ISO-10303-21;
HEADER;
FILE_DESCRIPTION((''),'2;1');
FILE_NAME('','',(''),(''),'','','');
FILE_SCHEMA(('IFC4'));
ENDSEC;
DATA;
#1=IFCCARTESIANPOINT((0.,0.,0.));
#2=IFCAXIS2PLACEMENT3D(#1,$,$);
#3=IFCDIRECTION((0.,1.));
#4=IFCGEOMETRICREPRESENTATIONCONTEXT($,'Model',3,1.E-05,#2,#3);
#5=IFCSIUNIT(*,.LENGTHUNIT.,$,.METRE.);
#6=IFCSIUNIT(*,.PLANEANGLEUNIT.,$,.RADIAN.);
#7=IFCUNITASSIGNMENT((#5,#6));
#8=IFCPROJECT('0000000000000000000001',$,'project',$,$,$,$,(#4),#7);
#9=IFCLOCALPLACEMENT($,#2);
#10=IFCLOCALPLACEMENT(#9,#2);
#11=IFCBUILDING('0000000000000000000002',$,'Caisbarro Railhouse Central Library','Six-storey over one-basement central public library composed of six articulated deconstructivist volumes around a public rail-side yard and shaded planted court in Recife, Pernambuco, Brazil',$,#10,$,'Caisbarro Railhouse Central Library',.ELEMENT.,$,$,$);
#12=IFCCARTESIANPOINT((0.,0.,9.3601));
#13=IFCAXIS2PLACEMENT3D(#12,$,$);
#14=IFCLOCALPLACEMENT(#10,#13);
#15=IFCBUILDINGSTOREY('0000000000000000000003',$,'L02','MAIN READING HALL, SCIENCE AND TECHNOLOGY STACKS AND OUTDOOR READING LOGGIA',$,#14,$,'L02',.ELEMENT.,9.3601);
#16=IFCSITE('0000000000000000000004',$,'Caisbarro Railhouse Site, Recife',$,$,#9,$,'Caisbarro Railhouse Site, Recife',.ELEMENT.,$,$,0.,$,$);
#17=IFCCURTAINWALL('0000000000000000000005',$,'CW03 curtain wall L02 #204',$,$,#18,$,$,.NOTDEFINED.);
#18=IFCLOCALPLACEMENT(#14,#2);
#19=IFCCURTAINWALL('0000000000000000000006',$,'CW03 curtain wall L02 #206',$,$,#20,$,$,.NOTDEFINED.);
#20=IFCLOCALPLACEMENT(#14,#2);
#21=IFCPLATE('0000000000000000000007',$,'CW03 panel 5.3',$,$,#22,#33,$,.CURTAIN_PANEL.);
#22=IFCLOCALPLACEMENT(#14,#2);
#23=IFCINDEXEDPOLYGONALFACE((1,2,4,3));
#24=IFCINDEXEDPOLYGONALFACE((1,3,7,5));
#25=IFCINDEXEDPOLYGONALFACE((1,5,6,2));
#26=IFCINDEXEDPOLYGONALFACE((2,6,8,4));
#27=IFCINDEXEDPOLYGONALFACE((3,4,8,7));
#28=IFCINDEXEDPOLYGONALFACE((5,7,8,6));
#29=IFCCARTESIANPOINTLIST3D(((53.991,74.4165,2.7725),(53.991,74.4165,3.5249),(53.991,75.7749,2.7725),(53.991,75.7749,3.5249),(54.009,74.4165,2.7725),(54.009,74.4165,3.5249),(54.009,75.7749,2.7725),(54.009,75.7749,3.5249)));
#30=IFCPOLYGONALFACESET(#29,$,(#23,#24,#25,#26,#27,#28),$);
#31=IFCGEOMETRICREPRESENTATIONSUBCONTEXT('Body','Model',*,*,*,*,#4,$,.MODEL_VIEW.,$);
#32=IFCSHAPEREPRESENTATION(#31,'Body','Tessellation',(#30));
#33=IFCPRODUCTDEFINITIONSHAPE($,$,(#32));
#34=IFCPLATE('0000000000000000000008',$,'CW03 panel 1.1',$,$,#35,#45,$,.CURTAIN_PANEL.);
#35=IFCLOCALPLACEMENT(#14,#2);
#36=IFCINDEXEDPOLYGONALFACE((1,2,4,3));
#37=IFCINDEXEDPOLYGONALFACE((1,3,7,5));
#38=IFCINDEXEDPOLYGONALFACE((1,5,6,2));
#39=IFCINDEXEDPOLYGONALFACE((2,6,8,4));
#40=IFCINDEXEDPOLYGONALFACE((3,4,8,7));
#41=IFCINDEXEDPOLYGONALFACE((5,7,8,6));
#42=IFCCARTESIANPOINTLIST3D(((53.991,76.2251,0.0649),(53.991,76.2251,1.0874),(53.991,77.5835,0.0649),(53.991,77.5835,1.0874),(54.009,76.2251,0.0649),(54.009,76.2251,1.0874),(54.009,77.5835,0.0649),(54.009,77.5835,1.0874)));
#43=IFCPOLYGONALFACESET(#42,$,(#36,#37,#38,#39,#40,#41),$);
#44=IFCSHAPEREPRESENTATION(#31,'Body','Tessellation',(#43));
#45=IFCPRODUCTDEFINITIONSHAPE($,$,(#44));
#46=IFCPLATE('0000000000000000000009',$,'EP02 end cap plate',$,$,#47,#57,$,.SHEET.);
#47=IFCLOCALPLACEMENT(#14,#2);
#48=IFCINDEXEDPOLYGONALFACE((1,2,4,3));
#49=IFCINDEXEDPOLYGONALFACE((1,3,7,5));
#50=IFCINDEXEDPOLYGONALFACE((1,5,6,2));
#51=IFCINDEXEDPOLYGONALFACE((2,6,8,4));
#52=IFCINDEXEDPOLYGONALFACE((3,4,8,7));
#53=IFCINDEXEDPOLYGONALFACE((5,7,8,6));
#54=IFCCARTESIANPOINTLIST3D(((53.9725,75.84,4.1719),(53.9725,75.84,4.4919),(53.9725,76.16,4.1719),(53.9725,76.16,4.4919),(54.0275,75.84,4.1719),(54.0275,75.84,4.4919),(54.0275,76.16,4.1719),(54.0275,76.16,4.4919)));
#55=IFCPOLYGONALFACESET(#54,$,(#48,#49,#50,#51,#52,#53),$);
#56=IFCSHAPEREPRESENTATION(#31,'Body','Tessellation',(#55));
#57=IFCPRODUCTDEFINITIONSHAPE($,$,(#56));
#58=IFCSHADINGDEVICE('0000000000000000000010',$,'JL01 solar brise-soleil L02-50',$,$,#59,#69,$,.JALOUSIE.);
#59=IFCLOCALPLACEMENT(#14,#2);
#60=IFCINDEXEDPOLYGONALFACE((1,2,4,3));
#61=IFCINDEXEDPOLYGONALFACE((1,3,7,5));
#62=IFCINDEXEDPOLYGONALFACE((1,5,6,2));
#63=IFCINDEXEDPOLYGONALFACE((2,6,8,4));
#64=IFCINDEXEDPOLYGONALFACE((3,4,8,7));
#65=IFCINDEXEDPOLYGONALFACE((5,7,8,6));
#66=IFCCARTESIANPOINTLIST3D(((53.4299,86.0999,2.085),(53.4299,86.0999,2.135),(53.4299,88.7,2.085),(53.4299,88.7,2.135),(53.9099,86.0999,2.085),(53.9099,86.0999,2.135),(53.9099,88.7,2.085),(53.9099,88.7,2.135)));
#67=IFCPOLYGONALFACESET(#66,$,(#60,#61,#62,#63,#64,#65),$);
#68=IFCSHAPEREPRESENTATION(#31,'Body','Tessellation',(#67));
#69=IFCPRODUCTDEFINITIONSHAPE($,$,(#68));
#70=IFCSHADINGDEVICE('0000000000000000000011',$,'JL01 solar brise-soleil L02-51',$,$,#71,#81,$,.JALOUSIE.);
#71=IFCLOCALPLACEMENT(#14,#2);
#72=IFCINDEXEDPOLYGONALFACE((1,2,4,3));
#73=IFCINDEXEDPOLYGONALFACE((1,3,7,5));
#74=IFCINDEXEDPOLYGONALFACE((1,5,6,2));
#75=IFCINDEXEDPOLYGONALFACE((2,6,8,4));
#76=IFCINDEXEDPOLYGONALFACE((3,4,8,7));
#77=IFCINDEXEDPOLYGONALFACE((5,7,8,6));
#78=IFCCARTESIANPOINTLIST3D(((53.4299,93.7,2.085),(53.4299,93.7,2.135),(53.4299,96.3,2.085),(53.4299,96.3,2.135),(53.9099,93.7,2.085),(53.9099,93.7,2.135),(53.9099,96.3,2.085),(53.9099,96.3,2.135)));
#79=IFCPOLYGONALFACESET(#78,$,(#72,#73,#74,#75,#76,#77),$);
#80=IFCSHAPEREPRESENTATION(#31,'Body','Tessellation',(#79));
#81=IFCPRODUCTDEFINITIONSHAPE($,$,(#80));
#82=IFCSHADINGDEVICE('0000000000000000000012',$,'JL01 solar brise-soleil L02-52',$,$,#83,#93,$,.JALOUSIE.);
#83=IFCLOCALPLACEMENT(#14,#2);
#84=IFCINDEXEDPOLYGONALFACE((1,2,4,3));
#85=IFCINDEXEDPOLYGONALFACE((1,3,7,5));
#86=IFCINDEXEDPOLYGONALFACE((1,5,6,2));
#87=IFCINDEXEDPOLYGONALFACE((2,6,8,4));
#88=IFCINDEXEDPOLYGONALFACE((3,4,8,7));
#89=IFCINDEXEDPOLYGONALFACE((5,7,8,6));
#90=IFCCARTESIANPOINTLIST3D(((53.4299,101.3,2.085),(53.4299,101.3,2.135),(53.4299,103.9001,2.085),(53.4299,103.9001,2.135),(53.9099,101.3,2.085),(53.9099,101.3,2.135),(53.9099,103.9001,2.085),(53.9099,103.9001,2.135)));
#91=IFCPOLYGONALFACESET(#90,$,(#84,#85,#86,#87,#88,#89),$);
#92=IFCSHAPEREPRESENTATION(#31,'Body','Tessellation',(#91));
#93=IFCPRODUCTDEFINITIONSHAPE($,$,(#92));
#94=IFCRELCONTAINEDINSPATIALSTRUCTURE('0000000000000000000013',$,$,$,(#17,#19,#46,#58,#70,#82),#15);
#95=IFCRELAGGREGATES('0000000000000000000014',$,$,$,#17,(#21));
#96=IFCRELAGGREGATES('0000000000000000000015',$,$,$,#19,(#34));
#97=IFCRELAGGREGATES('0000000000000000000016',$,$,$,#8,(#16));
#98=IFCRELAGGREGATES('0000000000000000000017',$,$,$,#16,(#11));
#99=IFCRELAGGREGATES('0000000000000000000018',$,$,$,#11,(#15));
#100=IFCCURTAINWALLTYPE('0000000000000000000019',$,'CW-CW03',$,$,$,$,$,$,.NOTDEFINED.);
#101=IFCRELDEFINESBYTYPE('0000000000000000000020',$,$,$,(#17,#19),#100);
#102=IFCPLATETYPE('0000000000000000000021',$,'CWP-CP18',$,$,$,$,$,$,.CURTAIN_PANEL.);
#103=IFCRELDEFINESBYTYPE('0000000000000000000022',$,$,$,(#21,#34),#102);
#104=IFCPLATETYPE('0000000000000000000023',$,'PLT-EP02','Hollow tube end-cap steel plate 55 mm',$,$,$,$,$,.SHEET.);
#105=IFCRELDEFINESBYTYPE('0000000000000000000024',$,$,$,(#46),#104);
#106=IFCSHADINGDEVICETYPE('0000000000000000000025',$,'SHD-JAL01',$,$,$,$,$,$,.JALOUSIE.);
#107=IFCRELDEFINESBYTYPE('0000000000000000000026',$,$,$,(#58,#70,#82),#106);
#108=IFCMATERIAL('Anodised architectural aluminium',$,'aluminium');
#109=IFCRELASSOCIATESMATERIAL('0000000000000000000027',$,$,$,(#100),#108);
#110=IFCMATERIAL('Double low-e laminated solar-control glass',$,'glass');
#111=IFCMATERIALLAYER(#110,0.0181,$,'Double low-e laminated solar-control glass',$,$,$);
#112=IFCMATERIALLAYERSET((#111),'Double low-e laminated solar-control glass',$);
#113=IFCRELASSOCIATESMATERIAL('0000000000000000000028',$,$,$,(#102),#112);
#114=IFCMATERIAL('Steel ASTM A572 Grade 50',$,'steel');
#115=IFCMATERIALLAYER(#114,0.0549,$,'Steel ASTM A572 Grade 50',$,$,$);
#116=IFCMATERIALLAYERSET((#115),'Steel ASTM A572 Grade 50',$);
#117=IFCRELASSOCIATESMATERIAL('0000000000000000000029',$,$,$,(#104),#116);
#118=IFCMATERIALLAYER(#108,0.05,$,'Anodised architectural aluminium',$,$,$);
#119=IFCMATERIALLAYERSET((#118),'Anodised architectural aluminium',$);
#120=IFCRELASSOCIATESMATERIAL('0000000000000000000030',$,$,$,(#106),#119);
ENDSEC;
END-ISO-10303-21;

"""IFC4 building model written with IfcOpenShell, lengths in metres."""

from ifc_helpers import new_model, si_unit, direction, frame, origin, origin_2d, place, context, subcontext, project, spatial, rectangle, extrude, material, layer, layer_set, type_object, element, aggregate, save


model = new_model("IFC4")

# Units and contexts
model_context = context("Model", 3, precision=1e-05, world=origin(), true_north=direction((0.0, 1.0)))
body_context = subcontext(model_context, "Body", "Model", "MODEL_VIEW")
ifc_project = project(units=[si_unit("LENGTHUNIT", "METRE"), si_unit("PLANEANGLEUNIT", "RADIAN")], contexts=[model_context])

# Site, building, storey
site_placement = place(None, origin())
site = spatial("IfcSite", under=ifc_project, at=site_placement, Name="Caisbarro Railhouse Site, Recife", LongName="Caisbarro Railhouse Site, Recife", CompositionType="ELEMENT", RefElevation=0.0)
building_placement = place(site_placement, origin())
building = spatial("IfcBuilding", under=site, at=building_placement, Name="Caisbarro Railhouse Central Library", Description="Six-storey over one-basement central public library composed of six articulated deconstructivist volumes around a public rail-side yard and shaded planted court in Recife, Pernambuco, Brazil", LongName="Caisbarro Railhouse Central Library", CompositionType="ELEMENT")
storey_placement = place(building_placement, frame((0.0, 0.0, 9.3601)))
storey = spatial("IfcBuildingStorey", under=building, at=storey_placement, Name="L02", Description="MAIN READING HALL, SCIENCE AND TECHNOLOGY STACKS AND OUTDOOR READING LOGGIA", LongName="L02", CompositionType="ELEMENT", Elevation=9.3601)

# Shared definitions
ifc_material_1 = material(Name="Steel ASTM A572 Grade 50", Category="steel")

# Curtain wall
ifc_material_2 = material(Name="Anodised architectural aluminium", Category="aluminium")
curtain_wall_type = type_object("IfcCurtainWallType", Name="CW-CW03", PredefinedType="NOTDEFINED", material=ifc_material_2)
curtain_wall_1_placement = place(storey_placement, origin())
curtain_wall_1 = element("IfcCurtainWall", 1, at=curtain_wall_1_placement, inside=storey, type_object=curtain_wall_type, Name="CW03 curtain wall L02 #204", PredefinedType="NOTDEFINED")

# Curtain wall
curtain_wall_2_placement = place(storey_placement, origin())
curtain_wall_2 = element("IfcCurtainWall", 2, at=curtain_wall_2_placement, inside=storey, type_object=curtain_wall_type, Name="CW03 curtain wall L02 #206", PredefinedType="NOTDEFINED")

# Plates
ifc_material_3 = material(Name="Double low-e laminated solar-control glass", Category="glass")
ifc_layer_1 = layer(ifc_material_3, 0.0181, Name="Double low-e laminated solar-control glass")
ifc_layer_set_1 = layer_set([ifc_layer_1], Name="Double low-e laminated solar-control glass")
plate_type_1 = type_object("IfcPlateType", Name="CWP-CP18", PredefinedType="CURTAIN_PANEL", material=ifc_layer_set_1)
plate_1_placement = place(storey_placement, frame((54.0, 75.0957, 2.7725), z_axis=(0.0, 0.0, 1.0), x_axis=(0.0, 1.0, 0.0)))
plate_1 = element("IfcPlate", 3, at=plate_1_placement, type_object=plate_type_1, Name="CW03 panel 5.3", PredefinedType="CURTAIN_PANEL", context=body_context, shape_type="SweptSolid", body=[
    extrude(rectangle(XDim=1.3584, YDim=0.0181, at=origin_2d()), origin(), (0.0, 0.0, 1.0), 0.7524),
])
aggregate(curtain_wall_1, [plate_1])
plate_2_placement = place(storey_placement, frame((54.0, 76.9043, 0.0649), z_axis=(0.0, 0.0, 1.0), x_axis=(0.0, 1.0, 0.0)))
plate_2 = element("IfcPlate", 4, at=plate_2_placement, type_object=plate_type_1, Name="CW03 panel 1.1", PredefinedType="CURTAIN_PANEL", context=body_context, shape_type="SweptSolid", body=[
    extrude(rectangle(XDim=1.3584, YDim=0.0181, at=origin_2d()), origin(), (0.0, 0.0, 1.0), 1.0225),
])
aggregate(curtain_wall_2, [plate_2])
ifc_layer_2 = layer(ifc_material_1, 0.0549, Name="Steel ASTM A572 Grade 50")
ifc_layer_set_2 = layer_set([ifc_layer_2], Name="Steel ASTM A572 Grade 50")
plate_type_2 = type_object("IfcPlateType", Name="PLT-EP02", Description="Hollow tube end-cap steel plate 55 mm", PredefinedType="SHEET", material=ifc_layer_set_2)
plate_3_placement = place(storey_placement, frame((54.0, 76.0, 4.1719), z_axis=(0.0, 0.0, 1.0), x_axis=(1.0, 0.0, 0.0)))
element("IfcPlate", 5, at=plate_3_placement, inside=storey, type_object=plate_type_2, Name="EP02 end cap plate", PredefinedType="SHEET", context=body_context, shape_type="SweptSolid", body=[
    extrude(rectangle(XDim=0.0549, YDim=0.3201, at=origin_2d()), origin(), (0.0, 0.0, 1.0), 0.3201),
])

# Shading devices
ifc_layer_3 = layer(ifc_material_2, 0.05, Name="Anodised architectural aluminium")
ifc_layer_set_3 = layer_set([ifc_layer_3], Name="Anodised architectural aluminium")
shading_device_type = type_object("IfcShadingDeviceType", Name="SHD-JAL01", PredefinedType="JALOUSIE", material=ifc_layer_set_3)
for number, where, z_axis, x_axis, name in (
    (6, (53.6699, 87.3999, 2.085), (0.0, 0.0, 1.0), (0.0, 1.0, 0.0), "JL01 solar brise-soleil L02-50"),
    (7, (53.6699, 95.0, 2.085), (0.0, 0.0, 1.0), (0.0, 1.0, 0.0), "JL01 solar brise-soleil L02-51"),
    (8, (53.6699, 102.6001, 2.085), (0.0, 0.0, 1.0), (0.0, 1.0, 0.0), "JL01 solar brise-soleil L02-52"),
):
    element("IfcShadingDevice", number, at=place(storey_placement, frame(where, z_axis=z_axis, x_axis=x_axis)), inside=storey, type_object=shading_device_type, Name=name, PredefinedType="JALOUSIE", context=body_context, shape_type="SweptSolid", body=[
        extrude(rectangle(XDim=2.6001, YDim=0.48, at=origin_2d()), origin(), (0.0, 0.0, 1.0), 0.05),
    ])

save(model, "model.ifc")
